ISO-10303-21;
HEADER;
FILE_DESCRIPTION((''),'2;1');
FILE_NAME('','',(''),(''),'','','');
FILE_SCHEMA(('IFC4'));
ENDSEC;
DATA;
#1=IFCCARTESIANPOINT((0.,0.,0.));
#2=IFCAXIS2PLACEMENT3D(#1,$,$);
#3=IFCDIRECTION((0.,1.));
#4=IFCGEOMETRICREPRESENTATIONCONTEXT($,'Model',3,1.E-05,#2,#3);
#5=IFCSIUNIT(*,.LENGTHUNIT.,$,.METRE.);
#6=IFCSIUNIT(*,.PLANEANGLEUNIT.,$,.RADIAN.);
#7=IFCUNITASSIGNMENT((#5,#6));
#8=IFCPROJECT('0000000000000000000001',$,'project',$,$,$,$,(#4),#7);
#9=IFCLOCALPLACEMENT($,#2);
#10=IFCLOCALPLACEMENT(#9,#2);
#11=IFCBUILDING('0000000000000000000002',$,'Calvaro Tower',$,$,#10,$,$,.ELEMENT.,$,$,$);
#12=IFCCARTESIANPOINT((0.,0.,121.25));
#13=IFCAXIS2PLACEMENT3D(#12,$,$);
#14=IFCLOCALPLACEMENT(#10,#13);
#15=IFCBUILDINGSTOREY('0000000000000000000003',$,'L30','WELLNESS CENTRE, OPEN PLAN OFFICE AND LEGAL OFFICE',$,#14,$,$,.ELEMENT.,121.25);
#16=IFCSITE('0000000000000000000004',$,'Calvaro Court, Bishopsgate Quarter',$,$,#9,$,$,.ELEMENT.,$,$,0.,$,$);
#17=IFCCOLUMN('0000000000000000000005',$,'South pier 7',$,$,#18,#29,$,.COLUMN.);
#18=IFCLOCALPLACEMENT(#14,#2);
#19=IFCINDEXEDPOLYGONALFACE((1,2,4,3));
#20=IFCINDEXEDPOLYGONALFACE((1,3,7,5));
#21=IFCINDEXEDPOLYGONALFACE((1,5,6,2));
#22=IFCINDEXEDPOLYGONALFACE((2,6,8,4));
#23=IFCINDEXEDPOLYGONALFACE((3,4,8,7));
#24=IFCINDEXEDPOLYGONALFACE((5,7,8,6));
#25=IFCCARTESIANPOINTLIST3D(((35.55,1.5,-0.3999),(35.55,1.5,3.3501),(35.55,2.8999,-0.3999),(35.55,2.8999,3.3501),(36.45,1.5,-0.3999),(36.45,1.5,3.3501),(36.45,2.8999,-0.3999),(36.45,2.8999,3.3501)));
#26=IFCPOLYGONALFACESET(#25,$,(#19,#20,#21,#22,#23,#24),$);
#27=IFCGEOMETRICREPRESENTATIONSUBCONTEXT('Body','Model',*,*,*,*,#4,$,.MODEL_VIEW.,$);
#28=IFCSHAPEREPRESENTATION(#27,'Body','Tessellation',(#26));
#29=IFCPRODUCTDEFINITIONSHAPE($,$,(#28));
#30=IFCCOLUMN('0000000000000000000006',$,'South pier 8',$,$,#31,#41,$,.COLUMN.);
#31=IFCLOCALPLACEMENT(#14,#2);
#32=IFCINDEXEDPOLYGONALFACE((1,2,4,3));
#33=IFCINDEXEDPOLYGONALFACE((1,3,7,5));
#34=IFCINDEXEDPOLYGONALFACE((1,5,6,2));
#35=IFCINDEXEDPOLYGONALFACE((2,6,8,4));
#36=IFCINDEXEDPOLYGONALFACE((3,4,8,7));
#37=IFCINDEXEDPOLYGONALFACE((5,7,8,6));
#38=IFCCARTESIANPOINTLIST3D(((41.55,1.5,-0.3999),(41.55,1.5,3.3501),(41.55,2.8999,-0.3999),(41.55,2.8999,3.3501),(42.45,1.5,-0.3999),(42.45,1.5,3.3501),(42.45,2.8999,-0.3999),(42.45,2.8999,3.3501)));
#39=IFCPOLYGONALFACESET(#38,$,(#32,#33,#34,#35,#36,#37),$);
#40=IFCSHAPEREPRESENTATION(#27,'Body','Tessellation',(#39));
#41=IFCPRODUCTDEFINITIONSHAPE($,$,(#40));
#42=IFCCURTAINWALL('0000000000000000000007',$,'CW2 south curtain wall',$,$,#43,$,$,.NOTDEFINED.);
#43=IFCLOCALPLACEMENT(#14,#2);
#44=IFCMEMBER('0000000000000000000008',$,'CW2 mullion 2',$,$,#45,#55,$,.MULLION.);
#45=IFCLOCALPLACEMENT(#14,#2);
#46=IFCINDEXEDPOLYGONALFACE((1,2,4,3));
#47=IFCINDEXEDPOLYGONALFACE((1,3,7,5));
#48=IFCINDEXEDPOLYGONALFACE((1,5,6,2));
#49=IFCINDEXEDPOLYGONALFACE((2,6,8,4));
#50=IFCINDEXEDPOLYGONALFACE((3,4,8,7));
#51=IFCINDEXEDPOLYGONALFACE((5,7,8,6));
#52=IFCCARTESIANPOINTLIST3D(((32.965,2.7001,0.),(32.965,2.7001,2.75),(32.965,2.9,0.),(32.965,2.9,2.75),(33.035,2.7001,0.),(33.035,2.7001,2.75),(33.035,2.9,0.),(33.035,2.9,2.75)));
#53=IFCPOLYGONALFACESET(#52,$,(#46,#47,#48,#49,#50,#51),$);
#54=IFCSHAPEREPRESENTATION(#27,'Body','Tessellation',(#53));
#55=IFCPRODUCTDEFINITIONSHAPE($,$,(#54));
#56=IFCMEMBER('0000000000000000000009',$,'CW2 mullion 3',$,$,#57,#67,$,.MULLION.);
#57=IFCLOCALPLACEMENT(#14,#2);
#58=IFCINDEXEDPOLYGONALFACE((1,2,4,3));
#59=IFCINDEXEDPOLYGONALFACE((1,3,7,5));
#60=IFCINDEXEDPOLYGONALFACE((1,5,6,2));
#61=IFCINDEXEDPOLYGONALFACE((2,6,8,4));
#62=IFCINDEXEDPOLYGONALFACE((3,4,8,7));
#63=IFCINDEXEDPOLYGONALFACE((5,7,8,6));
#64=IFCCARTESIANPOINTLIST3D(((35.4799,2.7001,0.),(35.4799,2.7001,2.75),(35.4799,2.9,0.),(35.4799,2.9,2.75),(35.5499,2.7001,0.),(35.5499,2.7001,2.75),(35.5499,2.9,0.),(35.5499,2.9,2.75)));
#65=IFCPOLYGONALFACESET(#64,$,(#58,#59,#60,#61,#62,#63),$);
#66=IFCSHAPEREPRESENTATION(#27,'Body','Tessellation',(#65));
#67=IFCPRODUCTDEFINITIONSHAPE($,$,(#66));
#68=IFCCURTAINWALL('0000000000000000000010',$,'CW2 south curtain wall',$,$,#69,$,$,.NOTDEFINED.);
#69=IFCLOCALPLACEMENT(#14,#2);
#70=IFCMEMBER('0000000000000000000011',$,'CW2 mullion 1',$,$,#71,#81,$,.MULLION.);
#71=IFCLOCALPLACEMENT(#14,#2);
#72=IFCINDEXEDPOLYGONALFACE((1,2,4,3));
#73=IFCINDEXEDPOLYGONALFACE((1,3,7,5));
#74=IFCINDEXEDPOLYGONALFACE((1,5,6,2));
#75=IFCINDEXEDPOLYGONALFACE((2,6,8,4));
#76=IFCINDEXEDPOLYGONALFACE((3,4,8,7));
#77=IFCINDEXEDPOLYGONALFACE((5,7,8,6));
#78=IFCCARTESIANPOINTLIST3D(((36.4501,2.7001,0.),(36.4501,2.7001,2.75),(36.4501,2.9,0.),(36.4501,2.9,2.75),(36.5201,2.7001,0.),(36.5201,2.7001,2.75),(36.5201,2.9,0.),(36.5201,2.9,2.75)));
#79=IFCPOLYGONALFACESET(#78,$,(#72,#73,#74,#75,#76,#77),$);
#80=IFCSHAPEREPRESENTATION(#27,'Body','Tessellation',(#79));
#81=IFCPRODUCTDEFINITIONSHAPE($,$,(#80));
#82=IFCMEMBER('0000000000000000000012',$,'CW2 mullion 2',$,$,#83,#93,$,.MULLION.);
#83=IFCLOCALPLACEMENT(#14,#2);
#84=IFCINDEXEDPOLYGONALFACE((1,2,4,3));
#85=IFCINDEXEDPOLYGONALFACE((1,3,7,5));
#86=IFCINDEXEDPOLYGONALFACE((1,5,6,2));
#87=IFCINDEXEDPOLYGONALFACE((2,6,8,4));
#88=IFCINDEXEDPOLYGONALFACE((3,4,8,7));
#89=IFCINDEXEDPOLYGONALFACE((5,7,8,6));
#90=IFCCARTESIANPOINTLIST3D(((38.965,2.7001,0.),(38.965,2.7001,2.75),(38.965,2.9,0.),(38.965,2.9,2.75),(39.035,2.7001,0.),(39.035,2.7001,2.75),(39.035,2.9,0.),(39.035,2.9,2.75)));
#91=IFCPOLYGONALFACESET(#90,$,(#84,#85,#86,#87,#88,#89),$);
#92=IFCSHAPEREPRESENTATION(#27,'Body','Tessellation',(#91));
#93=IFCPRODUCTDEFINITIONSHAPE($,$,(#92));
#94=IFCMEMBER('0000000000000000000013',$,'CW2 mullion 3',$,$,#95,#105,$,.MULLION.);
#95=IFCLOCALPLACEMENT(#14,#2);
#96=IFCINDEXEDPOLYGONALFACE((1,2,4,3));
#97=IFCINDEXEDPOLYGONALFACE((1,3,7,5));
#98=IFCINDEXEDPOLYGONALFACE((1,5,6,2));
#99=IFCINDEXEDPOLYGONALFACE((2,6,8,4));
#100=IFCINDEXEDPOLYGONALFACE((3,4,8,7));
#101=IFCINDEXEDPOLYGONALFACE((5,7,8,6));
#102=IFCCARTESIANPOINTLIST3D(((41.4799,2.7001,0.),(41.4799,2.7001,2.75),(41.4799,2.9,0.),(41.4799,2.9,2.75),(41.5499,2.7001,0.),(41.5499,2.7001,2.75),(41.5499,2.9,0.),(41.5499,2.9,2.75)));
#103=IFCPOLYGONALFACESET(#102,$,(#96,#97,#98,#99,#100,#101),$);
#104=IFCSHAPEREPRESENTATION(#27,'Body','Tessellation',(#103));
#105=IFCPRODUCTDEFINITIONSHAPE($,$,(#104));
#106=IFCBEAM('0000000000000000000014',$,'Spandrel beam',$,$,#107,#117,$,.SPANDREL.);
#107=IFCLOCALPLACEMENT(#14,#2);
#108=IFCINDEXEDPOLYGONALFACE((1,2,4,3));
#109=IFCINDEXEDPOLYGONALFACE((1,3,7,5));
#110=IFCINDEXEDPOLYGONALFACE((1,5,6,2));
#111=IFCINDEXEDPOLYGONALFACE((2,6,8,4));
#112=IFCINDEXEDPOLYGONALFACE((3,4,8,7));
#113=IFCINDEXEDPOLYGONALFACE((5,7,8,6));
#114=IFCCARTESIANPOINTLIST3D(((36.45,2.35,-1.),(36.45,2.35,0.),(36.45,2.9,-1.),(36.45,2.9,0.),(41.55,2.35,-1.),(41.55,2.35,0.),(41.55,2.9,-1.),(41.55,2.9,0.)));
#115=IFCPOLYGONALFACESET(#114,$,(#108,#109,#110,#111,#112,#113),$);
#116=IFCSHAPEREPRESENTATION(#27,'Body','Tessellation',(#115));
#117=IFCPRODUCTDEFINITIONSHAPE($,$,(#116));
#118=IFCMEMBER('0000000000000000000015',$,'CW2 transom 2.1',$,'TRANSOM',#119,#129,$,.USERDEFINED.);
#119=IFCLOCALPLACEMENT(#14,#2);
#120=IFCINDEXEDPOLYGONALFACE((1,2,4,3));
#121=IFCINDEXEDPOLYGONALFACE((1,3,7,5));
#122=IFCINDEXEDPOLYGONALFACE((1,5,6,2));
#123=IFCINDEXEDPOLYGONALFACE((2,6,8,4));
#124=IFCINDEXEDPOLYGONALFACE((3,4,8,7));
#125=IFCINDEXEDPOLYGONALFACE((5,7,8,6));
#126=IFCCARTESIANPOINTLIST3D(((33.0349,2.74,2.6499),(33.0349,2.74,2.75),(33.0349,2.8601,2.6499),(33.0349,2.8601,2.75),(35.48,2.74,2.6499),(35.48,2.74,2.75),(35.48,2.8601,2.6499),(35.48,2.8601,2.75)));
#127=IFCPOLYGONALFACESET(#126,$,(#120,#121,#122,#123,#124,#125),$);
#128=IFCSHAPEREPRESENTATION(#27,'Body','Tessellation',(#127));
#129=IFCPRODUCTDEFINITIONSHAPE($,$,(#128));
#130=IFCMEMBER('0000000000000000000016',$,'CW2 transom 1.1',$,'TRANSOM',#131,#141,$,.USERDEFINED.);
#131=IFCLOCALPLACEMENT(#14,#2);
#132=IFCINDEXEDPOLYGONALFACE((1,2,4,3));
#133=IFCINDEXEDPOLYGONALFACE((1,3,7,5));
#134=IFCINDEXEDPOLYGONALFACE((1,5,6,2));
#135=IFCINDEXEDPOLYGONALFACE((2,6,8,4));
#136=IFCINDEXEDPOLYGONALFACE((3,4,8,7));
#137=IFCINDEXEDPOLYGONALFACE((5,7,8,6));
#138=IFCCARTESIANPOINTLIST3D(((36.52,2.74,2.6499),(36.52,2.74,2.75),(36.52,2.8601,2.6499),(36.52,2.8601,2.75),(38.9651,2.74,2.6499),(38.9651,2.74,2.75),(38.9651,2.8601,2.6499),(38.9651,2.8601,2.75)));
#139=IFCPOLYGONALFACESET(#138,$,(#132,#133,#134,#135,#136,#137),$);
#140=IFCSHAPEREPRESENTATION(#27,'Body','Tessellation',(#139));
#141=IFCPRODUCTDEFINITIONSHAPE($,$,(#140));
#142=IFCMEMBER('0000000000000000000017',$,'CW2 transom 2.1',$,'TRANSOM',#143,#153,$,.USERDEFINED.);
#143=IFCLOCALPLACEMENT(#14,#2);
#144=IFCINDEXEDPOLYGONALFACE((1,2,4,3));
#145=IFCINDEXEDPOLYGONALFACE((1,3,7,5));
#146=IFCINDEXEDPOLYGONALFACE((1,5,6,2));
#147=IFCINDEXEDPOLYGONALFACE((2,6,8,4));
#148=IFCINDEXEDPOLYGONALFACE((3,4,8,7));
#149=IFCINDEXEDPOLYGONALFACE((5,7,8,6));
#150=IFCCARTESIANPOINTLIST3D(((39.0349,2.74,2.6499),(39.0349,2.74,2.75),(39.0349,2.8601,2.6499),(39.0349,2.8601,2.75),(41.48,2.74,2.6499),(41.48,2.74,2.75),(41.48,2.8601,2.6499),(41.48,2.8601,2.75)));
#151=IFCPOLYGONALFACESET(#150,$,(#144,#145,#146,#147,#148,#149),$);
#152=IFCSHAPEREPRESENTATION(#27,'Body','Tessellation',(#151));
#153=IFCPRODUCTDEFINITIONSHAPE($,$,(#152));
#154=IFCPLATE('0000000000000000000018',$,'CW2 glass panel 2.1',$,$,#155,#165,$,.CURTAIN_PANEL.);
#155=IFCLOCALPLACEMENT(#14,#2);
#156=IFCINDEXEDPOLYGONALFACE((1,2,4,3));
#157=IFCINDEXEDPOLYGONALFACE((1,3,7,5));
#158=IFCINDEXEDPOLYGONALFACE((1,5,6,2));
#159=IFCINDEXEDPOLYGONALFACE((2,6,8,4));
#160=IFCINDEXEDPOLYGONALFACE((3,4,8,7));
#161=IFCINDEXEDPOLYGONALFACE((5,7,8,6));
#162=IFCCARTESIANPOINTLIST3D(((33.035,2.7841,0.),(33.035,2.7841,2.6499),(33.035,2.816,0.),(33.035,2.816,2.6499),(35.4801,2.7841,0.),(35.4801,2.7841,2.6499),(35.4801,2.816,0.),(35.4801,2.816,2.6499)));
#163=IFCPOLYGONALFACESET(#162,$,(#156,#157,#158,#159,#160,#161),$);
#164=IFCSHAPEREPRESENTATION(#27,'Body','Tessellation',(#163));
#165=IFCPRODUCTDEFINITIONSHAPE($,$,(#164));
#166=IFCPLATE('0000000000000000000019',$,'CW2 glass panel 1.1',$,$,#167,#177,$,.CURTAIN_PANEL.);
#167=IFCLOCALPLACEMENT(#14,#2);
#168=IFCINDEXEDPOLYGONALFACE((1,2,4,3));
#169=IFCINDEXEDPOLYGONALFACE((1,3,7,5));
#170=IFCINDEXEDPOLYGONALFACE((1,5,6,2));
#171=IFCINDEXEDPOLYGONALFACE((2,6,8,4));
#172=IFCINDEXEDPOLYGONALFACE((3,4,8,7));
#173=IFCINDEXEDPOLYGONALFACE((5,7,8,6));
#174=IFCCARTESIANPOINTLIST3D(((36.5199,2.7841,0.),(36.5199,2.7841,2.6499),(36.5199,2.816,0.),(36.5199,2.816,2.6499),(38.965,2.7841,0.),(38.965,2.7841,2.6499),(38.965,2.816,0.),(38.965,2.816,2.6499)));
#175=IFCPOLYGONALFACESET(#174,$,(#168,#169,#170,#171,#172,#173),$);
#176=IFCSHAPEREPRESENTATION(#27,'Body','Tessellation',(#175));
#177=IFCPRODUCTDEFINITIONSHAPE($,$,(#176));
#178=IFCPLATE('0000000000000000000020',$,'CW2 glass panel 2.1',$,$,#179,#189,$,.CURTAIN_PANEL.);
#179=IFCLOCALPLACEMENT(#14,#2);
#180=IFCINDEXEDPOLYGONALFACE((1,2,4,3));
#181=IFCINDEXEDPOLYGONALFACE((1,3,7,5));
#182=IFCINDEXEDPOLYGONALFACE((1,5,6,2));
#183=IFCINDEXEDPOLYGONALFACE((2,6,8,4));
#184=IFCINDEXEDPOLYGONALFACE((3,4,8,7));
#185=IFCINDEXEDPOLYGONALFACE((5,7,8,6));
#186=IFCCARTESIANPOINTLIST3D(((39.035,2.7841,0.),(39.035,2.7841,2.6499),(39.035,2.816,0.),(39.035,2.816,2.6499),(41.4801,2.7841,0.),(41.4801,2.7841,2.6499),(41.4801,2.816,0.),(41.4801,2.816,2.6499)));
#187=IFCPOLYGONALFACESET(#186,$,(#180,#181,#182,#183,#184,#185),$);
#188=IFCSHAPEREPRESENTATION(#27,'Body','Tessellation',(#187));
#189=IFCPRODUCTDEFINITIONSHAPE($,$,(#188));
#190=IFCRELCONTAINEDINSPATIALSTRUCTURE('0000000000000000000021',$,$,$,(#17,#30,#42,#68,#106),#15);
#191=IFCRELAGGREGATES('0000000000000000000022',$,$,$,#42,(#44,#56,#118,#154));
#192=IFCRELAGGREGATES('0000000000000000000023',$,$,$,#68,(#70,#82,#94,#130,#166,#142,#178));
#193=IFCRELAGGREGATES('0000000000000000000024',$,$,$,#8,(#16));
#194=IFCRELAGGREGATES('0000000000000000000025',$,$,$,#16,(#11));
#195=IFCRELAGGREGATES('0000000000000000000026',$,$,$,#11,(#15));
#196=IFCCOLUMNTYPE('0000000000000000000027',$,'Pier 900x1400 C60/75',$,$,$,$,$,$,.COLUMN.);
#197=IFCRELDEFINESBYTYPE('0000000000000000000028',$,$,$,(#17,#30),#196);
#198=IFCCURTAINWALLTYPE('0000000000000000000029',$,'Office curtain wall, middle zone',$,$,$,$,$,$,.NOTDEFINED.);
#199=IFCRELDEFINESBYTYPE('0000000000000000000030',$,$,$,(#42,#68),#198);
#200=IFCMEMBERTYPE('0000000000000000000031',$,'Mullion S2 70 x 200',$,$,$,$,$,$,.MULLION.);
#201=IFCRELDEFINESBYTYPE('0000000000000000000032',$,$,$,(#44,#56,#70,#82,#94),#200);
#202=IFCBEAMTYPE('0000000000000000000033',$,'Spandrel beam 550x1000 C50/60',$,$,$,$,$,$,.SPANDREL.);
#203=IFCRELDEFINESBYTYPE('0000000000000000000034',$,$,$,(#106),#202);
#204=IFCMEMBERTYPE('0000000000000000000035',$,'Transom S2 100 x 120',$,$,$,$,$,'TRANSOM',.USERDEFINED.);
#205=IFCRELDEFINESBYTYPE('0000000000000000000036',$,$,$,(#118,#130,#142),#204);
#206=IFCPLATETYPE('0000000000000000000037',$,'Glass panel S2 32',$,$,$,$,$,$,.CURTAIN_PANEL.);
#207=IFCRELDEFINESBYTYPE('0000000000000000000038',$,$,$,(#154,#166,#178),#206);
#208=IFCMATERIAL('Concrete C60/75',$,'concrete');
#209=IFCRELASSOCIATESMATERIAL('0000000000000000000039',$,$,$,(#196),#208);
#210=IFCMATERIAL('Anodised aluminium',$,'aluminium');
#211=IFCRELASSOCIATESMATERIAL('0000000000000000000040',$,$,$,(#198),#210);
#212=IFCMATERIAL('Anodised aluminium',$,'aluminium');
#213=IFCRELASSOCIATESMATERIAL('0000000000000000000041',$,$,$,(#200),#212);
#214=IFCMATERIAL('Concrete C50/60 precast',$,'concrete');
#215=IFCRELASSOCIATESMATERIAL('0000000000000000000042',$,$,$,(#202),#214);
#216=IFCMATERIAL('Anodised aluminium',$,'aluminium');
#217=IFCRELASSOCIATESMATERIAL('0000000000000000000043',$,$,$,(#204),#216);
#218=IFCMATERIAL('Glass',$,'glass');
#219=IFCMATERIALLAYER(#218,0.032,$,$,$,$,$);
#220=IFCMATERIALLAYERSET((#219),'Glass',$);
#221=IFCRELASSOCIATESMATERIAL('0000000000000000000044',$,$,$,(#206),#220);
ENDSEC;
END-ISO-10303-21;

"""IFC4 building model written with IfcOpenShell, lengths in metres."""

from ifc_helpers import new_model, si_unit, direction, frame, origin, origin_2d, place, context, subcontext, project, spatial, rectangle, extrude, material, layer, layer_set, material_profile, profile_set, type_object, element, aggregate, save


model = new_model("IFC4")

# Units and contexts
model_context = context("Model", 3, precision=1e-05, world=origin(), true_north=direction((0.0, 1.0)))
body_context = subcontext(model_context, "Body", "Model", "MODEL_VIEW")
ifc_project = project(units=[si_unit("LENGTHUNIT", "METRE"), si_unit("PLANEANGLEUNIT", "RADIAN")], contexts=[model_context])

# Site, building, storey
site_placement = place(None, origin())
site = spatial("IfcSite", under=ifc_project, at=site_placement, Name="Calvaro Court, Bishopsgate Quarter", CompositionType="ELEMENT", RefElevation=0.0)
building_placement = place(site_placement, origin())
building = spatial("IfcBuilding", under=site, at=building_placement, Name="Calvaro Tower", CompositionType="ELEMENT")
storey_placement = place(building_placement, frame((0.0, 0.0, 121.25)))
storey = spatial("IfcBuildingStorey", under=building, at=storey_placement, Name="L30", Description="WELLNESS CENTRE, OPEN PLAN OFFICE AND LEGAL OFFICE", CompositionType="ELEMENT", Elevation=121.25)

# Columns
ifc_material_1 = material(Name="Concrete C60/75", Category="concrete")
ifc_material_profile_1 = material_profile(ifc_material_1, rectangle(XDim=0.8999, YDim=1.3999, at=origin_2d()), Name="RC 900x1400")
ifc_profile_set_1 = profile_set([ifc_material_profile_1], Name="Concrete C60/75")
column_type = type_object("IfcColumnType", Name="Pier 900x1400 C60/75", PredefinedType="COLUMN", material=ifc_profile_set_1)
for number, where, z_axis, x_axis, name in (
    (1, (36.0, 2.2, -0.3999), (0.0, 0.0, 1.0), (1.0, 0.0, 0.0), "South pier 7"),
    (2, (42.0, 2.2, -0.3999), (0.0, 0.0, 1.0), (1.0, 0.0, 0.0), "South pier 8"),
):
    element("IfcColumn", number, at=place(storey_placement, frame(where, z_axis=z_axis, x_axis=x_axis)), inside=storey, type_object=column_type, Name=name, PredefinedType="COLUMN", context=body_context, shape_type="SweptSolid", body=[
        extrude(rectangle(XDim=0.8999, YDim=1.3999, at=origin_2d()), origin(), (0.0, 0.0, 1.0), 3.75),
    ])

# Curtain walls, members
ifc_material_2 = material(Name="Anodised aluminium", Category="aluminium")
curtain_wall_type = type_object("IfcCurtainWallType", Name="Office curtain wall, middle zone", PredefinedType="NOTDEFINED", material=ifc_material_2)
curtain_wall_1_placement = place(storey_placement, origin())
curtain_wall_1 = element("IfcCurtainWall", 3, at=curtain_wall_1_placement, inside=storey, type_object=curtain_wall_type, Name="CW2 south curtain wall", PredefinedType="NOTDEFINED")
ifc_material_3 = material(Name="Anodised aluminium", Category="aluminium")
ifc_material_profile_2 = material_profile(ifc_material_3, rectangle(XDim=0.2, YDim=0.0701, at=origin_2d()), Name="Mullion S2 70 x 200")
ifc_profile_set_2 = profile_set([ifc_material_profile_2], Name="Anodised aluminium")
member_type_1 = type_object("IfcMemberType", Name="Mullion S2 70 x 200", PredefinedType="MULLION", material=ifc_profile_set_2)
member_1_placement = place(storey_placement, frame((33.0, 2.8, 0.0), z_axis=(0.0, 0.0, 1.0), x_axis=(0.0, 1.0, 0.0)))
member_1 = element("IfcMember", 4, at=member_1_placement, type_object=member_type_1, Name="CW2 mullion 2", PredefinedType="MULLION", context=body_context, shape_type="SweptSolid", body=[
    extrude(rectangle(XDim=0.2, YDim=0.0701, at=origin_2d()), origin(), (0.0, 0.0, 1.0), 2.75),
])
member_2_placement = place(storey_placement, frame((35.5149, 2.8, 0.0), z_axis=(0.0, 0.0, 1.0), x_axis=(0.0, 1.0, 0.0)))
member_2 = element("IfcMember", 5, at=member_2_placement, type_object=member_type_1, Name="CW2 mullion 3", PredefinedType="MULLION", context=body_context, shape_type="SweptSolid", body=[
    extrude(rectangle(XDim=0.2, YDim=0.0701, at=origin_2d()), origin(), (0.0, 0.0, 1.0), 2.75),
])
curtain_wall_2_placement = place(storey_placement, origin())
curtain_wall_2 = element("IfcCurtainWall", 6, at=curtain_wall_2_placement, inside=storey, type_object=curtain_wall_type, Name="CW2 south curtain wall", PredefinedType="NOTDEFINED")
member_3_placement = place(storey_placement, frame((36.4851, 2.8, 0.0), z_axis=(0.0, 0.0, 1.0), x_axis=(0.0, 1.0, 0.0)))
member_3 = element("IfcMember", 7, at=member_3_placement, type_object=member_type_1, Name="CW2 mullion 1", PredefinedType="MULLION", context=body_context, shape_type="SweptSolid", body=[
    extrude(rectangle(XDim=0.2, YDim=0.0701, at=origin_2d()), origin(), (0.0, 0.0, 1.0), 2.75),
])
member_4_placement = place(storey_placement, frame((39.0, 2.8, 0.0), z_axis=(0.0, 0.0, 1.0), x_axis=(0.0, 1.0, 0.0)))
member_4 = element("IfcMember", 8, at=member_4_placement, type_object=member_type_1, Name="CW2 mullion 2", PredefinedType="MULLION", context=body_context, shape_type="SweptSolid", body=[
    extrude(rectangle(XDim=0.2, YDim=0.0701, at=origin_2d()), origin(), (0.0, 0.0, 1.0), 2.75),
])
member_5_placement = place(storey_placement, frame((41.5149, 2.8, 0.0), z_axis=(0.0, 0.0, 1.0), x_axis=(0.0, 1.0, 0.0)))
member_5 = element("IfcMember", 9, at=member_5_placement, type_object=member_type_1, Name="CW2 mullion 3", PredefinedType="MULLION", context=body_context, shape_type="SweptSolid", body=[
    extrude(rectangle(XDim=0.2, YDim=0.0701, at=origin_2d()), origin(), (0.0, 0.0, 1.0), 2.75),
])

# Beam
ifc_material_4 = material(Name="Concrete C50/60 precast", Category="concrete")
ifc_material_profile_3 = material_profile(ifc_material_4, rectangle(XDim=0.55, YDim=1.0, at=origin_2d()), Name="RC 550x1000")
ifc_profile_set_3 = profile_set([ifc_material_profile_3], Name="Concrete C50/60 precast")
beam_type = type_object("IfcBeamType", Name="Spandrel beam 550x1000 C50/60", PredefinedType="SPANDREL", material=ifc_profile_set_3)
beam_placement = place(storey_placement, frame((36.45, 2.625, -0.5), z_axis=(1.0, 0.0, 0.0), x_axis=(0.0, 1.0, 0.0)))
element("IfcBeam", 10, at=beam_placement, inside=storey, type_object=beam_type, Name="Spandrel beam", PredefinedType="SPANDREL", context=body_context, shape_type="SweptSolid", body=[
    extrude(rectangle(XDim=0.55, YDim=1.0, at=origin_2d()), origin(), (0.0, 0.0, 1.0), 5.1001),
])

# Members
ifc_material_5 = material(Name="Anodised aluminium", Category="aluminium")
ifc_material_profile_4 = material_profile(ifc_material_5, rectangle(XDim=0.1201, YDim=0.1001, at=origin_2d()), Name="Transom S2 100 x 120")
ifc_profile_set_4 = profile_set([ifc_material_profile_4], Name="Anodised aluminium")
member_type_2 = type_object("IfcMemberType", Name="Transom S2 100 x 120", ElementType="TRANSOM", PredefinedType="USERDEFINED", material=ifc_profile_set_4)
member_6_placement = place(storey_placement, frame((33.0349, 2.8, 2.7), z_axis=(1.0, 0.0, 0.0), x_axis=(0.0, 1.0, 0.0)))
member_6 = element("IfcMember", 11, at=member_6_placement, type_object=member_type_2, Name="CW2 transom 2.1", ObjectType="TRANSOM", PredefinedType="USERDEFINED", context=body_context, shape_type="SweptSolid", body=[
    extrude(rectangle(XDim=0.1201, YDim=0.1001, at=origin_2d()), origin(), (0.0, 0.0, 1.0), 2.4451),
])
member_7_placement = place(storey_placement, frame((36.52, 2.8, 2.7), z_axis=(1.0, 0.0, 0.0), x_axis=(0.0, 1.0, 0.0)))
member_7 = element("IfcMember", 12, at=member_7_placement, type_object=member_type_2, Name="CW2 transom 1.1", ObjectType="TRANSOM", PredefinedType="USERDEFINED", context=body_context, shape_type="SweptSolid", body=[
    extrude(rectangle(XDim=0.1201, YDim=0.1001, at=origin_2d()), origin(), (0.0, 0.0, 1.0), 2.4451),
])
member_8_placement = place(storey_placement, frame((39.0349, 2.8, 2.7), z_axis=(1.0, 0.0, 0.0), x_axis=(0.0, 1.0, 0.0)))
member_8 = element("IfcMember", 13, at=member_8_placement, type_object=member_type_2, Name="CW2 transom 2.1", ObjectType="TRANSOM", PredefinedType="USERDEFINED", context=body_context, shape_type="SweptSolid", body=[
    extrude(rectangle(XDim=0.1201, YDim=0.1001, at=origin_2d()), origin(), (0.0, 0.0, 1.0), 2.4451),
])

# Plates
ifc_material_6 = material(Name="Glass", Category="glass")
ifc_layer = layer(ifc_material_6, 0.032)
ifc_layer_set = layer_set([ifc_layer], Name="Glass")
plate_type = type_object("IfcPlateType", Name="Glass panel S2 32", PredefinedType="CURTAIN_PANEL", material=ifc_layer_set)
plate_1_placement = place(storey_placement, frame((34.2576, 2.8, 0.0), z_axis=(0.0, 0.0, 1.0), x_axis=(1.0, 0.0, 0.0)))
plate_1 = element("IfcPlate", 14, at=plate_1_placement, type_object=plate_type, Name="CW2 glass panel 2.1", PredefinedType="CURTAIN_PANEL", context=body_context, shape_type="SweptSolid", body=[
    extrude(rectangle(XDim=2.4451, YDim=0.032, at=origin_2d()), origin(), (0.0, 0.0, 1.0), 2.6499),
])
aggregate(curtain_wall_1, [member_1, member_2, member_6, plate_1])
plate_2_placement = place(storey_placement, frame((37.7424, 2.8, 0.0), z_axis=(0.0, 0.0, 1.0), x_axis=(1.0, 0.0, 0.0)))
plate_2 = element("IfcPlate", 15, at=plate_2_placement, type_object=plate_type, Name="CW2 glass panel 1.1", PredefinedType="CURTAIN_PANEL", context=body_context, shape_type="SweptSolid", body=[
    extrude(rectangle(XDim=2.4451, YDim=0.032, at=origin_2d()), origin(), (0.0, 0.0, 1.0), 2.6499),
])
plate_3_placement = place(storey_placement, frame((40.2576, 2.8, 0.0), z_axis=(0.0, 0.0, 1.0), x_axis=(1.0, 0.0, 0.0)))
plate_3 = element("IfcPlate", 16, at=plate_3_placement, type_object=plate_type, Name="CW2 glass panel 2.1", PredefinedType="CURTAIN_PANEL", context=body_context, shape_type="SweptSolid", body=[
    extrude(rectangle(XDim=2.4451, YDim=0.032, at=origin_2d()), origin(), (0.0, 0.0, 1.0), 2.6499),
])
aggregate(curtain_wall_2, [member_3, member_4, member_5, member_7, plate_2, member_8, plate_3])

save(model, "model.ifc")
